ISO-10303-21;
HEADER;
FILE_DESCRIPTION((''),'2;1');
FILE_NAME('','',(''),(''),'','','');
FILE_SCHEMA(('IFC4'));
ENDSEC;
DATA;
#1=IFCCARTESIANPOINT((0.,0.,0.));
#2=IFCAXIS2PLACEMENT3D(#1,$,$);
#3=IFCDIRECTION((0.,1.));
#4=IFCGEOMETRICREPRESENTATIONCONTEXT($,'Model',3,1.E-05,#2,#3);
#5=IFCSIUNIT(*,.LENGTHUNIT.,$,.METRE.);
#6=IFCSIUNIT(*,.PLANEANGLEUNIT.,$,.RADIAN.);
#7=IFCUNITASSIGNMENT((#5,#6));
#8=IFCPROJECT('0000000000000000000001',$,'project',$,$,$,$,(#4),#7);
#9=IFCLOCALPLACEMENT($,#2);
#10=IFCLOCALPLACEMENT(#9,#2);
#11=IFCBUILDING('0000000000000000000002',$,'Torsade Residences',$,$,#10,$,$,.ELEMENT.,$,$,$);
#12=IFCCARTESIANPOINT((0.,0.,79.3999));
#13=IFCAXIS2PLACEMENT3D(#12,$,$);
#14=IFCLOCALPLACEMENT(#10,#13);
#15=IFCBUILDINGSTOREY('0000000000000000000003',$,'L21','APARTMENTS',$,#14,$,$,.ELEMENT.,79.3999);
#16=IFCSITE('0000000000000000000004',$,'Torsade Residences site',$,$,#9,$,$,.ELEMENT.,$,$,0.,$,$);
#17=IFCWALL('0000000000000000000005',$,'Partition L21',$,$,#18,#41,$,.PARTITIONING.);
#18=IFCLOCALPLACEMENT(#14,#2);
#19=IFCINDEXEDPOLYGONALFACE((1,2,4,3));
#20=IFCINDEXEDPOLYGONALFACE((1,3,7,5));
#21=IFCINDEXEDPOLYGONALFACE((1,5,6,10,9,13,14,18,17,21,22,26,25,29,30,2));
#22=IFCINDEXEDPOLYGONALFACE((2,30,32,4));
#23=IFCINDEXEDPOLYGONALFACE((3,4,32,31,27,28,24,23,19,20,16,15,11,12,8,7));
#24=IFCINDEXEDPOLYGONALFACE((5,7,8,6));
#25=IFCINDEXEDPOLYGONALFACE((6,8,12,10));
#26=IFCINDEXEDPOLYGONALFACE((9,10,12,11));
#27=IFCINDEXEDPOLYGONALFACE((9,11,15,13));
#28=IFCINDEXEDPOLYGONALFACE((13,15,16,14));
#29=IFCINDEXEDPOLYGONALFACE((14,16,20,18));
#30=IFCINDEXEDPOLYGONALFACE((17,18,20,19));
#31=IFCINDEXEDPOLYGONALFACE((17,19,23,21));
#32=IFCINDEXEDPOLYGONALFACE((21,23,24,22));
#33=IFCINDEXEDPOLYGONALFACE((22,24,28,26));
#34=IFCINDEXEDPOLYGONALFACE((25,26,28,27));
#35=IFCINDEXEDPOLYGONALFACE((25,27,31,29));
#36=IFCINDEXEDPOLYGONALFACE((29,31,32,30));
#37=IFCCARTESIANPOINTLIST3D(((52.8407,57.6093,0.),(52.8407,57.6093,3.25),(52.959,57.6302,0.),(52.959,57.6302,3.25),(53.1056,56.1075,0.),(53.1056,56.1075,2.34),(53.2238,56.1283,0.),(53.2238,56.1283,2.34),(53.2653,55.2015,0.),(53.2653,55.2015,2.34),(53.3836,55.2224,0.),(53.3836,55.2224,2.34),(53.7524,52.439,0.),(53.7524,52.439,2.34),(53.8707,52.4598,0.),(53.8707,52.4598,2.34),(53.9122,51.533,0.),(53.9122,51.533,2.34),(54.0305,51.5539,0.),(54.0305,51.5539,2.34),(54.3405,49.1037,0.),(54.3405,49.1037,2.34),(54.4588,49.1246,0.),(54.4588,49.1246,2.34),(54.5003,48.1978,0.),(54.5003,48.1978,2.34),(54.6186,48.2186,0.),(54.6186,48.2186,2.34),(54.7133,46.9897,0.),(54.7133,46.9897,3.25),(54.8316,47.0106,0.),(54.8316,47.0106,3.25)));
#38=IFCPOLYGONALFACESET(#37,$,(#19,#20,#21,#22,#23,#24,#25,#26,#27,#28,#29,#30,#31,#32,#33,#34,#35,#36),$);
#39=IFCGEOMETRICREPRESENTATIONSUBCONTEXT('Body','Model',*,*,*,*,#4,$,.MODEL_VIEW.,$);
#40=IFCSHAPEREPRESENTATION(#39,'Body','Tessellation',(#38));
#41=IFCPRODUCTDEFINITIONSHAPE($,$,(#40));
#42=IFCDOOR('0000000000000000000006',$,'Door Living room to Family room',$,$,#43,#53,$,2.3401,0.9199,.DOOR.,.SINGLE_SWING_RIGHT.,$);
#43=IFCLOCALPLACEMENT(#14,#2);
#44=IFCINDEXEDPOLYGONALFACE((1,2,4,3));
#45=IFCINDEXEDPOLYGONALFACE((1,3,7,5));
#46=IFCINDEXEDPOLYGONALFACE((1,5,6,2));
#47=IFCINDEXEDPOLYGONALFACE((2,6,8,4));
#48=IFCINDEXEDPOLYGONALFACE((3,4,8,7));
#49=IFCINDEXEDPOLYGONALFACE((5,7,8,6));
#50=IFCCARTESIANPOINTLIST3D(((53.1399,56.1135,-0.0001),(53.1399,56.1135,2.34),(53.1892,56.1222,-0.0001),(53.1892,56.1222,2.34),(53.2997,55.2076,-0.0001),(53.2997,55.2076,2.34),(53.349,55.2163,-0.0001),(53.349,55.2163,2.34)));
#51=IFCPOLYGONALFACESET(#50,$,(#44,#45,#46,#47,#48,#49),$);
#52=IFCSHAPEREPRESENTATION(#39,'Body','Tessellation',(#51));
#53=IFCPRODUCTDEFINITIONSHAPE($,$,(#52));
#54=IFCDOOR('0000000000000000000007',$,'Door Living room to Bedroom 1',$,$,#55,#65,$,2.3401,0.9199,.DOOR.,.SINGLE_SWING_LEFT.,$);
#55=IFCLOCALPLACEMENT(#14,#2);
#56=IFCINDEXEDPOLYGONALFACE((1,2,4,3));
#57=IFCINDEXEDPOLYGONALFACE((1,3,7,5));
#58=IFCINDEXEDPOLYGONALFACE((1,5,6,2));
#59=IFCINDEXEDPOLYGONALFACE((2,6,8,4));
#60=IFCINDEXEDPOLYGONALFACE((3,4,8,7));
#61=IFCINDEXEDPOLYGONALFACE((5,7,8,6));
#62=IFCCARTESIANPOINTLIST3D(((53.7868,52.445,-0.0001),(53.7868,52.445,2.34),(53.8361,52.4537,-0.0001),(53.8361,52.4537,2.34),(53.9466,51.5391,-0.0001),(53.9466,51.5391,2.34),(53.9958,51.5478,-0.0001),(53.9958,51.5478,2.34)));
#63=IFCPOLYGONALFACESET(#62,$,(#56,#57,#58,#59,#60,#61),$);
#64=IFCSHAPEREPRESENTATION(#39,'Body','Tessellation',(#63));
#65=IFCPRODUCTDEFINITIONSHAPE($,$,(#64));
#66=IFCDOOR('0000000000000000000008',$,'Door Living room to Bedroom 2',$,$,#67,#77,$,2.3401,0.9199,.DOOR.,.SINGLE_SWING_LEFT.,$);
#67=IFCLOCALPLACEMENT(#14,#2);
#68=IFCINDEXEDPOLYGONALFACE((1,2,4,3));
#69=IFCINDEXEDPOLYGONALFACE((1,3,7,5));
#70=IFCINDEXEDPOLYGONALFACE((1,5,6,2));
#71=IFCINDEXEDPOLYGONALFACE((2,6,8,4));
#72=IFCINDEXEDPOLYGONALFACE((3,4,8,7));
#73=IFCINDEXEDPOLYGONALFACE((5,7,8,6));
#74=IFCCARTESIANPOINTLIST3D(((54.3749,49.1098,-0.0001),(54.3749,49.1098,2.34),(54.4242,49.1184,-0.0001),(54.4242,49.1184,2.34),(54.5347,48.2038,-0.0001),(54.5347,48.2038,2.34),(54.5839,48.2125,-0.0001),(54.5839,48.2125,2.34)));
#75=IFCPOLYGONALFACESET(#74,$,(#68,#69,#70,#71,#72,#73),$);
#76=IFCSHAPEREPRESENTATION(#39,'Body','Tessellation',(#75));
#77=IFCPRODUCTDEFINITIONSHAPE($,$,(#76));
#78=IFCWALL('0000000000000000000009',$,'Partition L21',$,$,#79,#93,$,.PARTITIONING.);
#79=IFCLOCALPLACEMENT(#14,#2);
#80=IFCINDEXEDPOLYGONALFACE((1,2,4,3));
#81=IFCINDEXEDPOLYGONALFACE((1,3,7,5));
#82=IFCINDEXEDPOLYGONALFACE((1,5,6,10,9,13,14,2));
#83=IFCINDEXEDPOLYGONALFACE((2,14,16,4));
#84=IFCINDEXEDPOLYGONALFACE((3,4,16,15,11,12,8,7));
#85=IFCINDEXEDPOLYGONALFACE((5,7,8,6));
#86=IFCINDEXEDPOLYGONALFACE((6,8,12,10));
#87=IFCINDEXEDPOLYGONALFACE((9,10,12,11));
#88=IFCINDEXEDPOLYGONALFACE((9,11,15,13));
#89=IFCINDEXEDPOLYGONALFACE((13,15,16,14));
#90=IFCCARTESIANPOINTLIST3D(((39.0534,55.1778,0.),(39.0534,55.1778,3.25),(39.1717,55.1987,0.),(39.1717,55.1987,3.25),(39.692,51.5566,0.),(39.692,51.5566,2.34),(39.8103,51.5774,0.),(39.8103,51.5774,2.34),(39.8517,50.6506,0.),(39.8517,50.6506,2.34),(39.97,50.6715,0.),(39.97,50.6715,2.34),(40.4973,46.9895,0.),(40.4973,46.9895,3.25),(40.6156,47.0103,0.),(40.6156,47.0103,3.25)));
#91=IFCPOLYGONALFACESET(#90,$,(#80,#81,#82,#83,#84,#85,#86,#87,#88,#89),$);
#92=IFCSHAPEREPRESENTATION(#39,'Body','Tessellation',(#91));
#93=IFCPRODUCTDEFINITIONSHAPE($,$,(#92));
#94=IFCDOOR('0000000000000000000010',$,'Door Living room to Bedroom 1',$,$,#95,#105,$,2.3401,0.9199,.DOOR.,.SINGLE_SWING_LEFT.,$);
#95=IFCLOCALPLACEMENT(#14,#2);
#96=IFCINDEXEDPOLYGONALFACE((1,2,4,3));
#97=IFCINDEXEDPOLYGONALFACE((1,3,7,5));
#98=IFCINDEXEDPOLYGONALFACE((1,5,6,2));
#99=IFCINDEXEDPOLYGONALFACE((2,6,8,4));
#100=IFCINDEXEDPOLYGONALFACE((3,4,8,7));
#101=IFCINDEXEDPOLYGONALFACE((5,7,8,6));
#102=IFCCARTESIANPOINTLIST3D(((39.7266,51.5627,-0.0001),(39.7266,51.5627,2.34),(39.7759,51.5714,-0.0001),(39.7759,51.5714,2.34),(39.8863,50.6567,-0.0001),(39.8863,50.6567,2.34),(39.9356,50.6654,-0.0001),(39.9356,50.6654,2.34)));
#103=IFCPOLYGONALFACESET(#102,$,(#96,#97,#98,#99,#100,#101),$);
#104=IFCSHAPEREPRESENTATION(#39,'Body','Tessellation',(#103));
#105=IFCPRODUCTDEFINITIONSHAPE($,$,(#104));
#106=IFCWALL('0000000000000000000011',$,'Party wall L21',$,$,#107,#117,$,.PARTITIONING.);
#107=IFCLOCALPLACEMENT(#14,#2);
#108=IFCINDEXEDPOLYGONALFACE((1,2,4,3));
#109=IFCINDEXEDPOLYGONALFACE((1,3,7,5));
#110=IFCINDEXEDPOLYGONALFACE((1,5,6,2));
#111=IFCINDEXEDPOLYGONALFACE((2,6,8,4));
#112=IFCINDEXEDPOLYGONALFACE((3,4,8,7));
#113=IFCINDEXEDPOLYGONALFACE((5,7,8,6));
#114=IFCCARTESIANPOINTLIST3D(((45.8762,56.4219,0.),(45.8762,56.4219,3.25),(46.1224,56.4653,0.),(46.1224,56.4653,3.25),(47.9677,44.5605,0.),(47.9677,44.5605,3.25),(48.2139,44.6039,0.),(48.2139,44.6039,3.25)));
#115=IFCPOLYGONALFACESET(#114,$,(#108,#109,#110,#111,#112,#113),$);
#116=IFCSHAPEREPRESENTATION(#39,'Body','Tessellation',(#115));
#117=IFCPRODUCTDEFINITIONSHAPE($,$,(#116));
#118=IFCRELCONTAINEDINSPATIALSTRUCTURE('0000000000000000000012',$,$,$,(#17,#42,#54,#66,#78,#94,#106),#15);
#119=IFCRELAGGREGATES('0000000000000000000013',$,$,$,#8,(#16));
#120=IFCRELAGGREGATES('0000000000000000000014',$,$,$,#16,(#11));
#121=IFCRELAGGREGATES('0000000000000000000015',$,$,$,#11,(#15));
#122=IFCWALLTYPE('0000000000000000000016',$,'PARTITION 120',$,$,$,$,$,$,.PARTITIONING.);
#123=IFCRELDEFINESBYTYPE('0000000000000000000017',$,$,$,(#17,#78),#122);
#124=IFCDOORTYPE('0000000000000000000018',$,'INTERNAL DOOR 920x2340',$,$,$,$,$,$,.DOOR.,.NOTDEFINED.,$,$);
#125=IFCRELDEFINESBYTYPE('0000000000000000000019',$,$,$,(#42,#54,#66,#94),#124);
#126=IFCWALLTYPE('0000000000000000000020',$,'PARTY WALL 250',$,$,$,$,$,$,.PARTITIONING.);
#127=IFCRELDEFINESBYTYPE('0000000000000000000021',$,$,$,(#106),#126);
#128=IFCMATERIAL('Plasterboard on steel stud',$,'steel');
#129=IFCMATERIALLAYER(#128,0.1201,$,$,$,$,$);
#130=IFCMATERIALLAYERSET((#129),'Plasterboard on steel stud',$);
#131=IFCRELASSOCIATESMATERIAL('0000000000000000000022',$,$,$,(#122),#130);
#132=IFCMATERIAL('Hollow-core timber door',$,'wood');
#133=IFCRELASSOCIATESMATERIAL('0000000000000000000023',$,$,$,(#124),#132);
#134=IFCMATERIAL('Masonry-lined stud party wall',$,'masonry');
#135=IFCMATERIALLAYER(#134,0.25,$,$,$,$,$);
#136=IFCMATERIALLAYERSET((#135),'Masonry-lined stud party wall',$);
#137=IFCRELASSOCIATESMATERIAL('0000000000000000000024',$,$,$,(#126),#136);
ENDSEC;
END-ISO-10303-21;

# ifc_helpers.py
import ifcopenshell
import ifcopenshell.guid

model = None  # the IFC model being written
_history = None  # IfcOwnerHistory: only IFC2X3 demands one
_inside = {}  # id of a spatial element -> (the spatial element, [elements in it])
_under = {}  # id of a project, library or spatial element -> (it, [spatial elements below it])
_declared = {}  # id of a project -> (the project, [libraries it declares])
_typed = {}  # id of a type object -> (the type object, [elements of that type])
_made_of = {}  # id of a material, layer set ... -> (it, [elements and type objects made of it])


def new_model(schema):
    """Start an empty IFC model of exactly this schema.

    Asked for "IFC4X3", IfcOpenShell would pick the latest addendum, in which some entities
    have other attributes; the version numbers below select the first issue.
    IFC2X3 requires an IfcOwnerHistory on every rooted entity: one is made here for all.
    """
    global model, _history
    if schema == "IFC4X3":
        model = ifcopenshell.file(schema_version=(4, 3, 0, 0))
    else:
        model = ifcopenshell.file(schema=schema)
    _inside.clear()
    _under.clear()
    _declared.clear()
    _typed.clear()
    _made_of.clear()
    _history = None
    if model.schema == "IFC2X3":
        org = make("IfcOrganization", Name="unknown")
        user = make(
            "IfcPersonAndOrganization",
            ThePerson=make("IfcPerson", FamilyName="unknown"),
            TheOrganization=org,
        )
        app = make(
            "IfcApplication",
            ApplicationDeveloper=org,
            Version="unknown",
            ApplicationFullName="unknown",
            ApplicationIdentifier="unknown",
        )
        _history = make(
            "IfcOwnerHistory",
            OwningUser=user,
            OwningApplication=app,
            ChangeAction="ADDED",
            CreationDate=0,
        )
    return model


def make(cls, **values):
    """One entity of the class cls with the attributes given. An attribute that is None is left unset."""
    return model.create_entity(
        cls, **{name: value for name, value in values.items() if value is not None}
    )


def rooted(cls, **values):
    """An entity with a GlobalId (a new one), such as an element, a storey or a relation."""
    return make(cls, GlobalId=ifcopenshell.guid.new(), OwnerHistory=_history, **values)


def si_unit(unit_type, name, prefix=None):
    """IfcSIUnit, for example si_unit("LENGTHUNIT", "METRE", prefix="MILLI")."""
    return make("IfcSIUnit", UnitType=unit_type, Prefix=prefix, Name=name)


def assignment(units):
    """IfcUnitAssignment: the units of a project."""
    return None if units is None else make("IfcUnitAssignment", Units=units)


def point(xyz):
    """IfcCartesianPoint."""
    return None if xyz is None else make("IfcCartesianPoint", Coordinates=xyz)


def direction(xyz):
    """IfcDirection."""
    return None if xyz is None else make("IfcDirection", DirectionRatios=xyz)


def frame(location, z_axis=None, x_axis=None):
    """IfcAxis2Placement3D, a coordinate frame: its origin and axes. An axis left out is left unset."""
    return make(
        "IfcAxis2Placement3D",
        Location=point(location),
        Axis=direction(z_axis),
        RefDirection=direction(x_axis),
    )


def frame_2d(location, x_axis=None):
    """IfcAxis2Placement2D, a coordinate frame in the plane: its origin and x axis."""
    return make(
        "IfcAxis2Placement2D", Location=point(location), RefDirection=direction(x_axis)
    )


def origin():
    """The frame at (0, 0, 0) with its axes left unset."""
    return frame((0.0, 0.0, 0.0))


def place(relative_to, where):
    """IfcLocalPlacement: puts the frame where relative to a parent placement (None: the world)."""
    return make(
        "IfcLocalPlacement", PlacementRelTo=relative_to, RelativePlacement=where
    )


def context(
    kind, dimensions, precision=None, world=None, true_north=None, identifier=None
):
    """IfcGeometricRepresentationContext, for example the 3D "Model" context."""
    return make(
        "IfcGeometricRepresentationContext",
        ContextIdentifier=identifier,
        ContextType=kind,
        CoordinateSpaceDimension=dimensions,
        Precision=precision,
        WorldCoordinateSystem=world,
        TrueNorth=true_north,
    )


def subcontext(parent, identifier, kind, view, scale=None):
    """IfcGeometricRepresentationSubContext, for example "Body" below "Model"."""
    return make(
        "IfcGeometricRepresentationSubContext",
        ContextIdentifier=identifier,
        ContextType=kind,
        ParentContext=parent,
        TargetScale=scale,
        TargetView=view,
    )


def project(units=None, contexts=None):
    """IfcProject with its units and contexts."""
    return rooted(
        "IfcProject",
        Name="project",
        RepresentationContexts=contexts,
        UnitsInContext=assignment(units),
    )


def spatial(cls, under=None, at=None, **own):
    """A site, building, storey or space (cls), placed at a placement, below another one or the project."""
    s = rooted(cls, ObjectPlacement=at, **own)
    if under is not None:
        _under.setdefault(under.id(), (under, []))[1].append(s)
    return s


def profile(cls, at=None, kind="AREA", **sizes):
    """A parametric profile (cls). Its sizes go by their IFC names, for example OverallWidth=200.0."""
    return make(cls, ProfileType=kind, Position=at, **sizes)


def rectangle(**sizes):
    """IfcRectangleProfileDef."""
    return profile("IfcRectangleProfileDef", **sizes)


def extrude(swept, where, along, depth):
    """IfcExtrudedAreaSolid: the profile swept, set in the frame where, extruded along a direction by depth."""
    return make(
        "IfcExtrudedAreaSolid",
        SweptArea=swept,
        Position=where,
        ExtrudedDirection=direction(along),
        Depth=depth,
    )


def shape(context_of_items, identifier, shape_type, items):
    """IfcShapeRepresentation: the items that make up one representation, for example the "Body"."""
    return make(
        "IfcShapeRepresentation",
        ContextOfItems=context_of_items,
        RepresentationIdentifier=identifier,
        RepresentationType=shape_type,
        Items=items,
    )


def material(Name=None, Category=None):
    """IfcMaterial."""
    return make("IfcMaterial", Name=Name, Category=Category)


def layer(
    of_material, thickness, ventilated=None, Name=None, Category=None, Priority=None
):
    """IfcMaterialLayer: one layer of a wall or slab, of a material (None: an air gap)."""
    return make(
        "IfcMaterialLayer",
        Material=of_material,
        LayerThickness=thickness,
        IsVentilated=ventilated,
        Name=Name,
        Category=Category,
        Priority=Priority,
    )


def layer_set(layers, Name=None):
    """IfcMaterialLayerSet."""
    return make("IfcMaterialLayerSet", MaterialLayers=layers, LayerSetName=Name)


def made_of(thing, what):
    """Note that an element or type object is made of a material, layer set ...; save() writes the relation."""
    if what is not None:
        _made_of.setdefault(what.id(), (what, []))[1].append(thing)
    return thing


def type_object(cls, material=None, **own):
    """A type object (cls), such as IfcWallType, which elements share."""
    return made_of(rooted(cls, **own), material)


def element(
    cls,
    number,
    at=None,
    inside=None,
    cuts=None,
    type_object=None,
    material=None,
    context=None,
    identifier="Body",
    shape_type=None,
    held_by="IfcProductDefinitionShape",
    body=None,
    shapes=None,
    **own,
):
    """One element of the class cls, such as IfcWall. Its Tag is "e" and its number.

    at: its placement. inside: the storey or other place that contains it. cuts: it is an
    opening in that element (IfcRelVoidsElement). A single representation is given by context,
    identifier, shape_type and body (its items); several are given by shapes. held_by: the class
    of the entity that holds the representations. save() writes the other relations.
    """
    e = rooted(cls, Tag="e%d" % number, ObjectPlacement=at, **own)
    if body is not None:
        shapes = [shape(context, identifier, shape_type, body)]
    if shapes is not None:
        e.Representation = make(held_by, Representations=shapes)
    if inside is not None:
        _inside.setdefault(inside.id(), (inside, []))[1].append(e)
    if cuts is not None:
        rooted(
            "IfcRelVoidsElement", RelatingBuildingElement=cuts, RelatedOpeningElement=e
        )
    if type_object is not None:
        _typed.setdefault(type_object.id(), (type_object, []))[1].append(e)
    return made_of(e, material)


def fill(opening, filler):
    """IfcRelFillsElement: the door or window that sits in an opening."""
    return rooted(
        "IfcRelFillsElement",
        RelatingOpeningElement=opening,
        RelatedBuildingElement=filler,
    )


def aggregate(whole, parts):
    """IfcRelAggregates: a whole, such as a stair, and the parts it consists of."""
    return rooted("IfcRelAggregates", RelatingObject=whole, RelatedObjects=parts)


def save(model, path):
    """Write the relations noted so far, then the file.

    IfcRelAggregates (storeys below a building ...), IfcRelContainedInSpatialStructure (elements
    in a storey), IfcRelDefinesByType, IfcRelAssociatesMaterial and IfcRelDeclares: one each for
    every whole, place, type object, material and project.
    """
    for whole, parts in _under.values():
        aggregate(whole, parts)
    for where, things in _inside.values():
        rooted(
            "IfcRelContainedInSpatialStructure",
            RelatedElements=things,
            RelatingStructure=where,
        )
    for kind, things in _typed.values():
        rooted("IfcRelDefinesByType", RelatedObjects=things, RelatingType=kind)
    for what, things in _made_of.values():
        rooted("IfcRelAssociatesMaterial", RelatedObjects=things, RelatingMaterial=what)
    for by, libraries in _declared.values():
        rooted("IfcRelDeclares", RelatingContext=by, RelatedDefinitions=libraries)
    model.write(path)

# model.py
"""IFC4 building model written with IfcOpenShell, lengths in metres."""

from ifc_helpers import new_model, si_unit, direction, frame, frame_2d, origin, place, context, subcontext, project, spatial, rectangle, extrude, material, layer, layer_set, type_object, element, fill, save


model = new_model("IFC4")

# Units and contexts
model_context = context("Model", 3, precision=1e-05, world=origin(), true_north=direction((0.0, 1.0)))
body_context = subcontext(model_context, "Body", "Model", "MODEL_VIEW")
ifc_project = project(units=[si_unit("LENGTHUNIT", "METRE"), si_unit("PLANEANGLEUNIT", "RADIAN")], contexts=[model_context])

# Site, building, storey
site_placement = place(None, origin())
site = spatial("IfcSite", under=ifc_project, at=site_placement, Name="Torsade Residences site", CompositionType="ELEMENT", RefElevation=0.0)
building_placement = place(site_placement, origin())
building = spatial("IfcBuilding", under=site, at=building_placement, Name="Torsade Residences", CompositionType="ELEMENT")
storey_placement = place(building_placement, frame((0.0, 0.0, 79.3999)))
storey = spatial("IfcBuildingStorey", under=building, at=storey_placement, Name="L21", Description="APARTMENTS", CompositionType="ELEMENT", Elevation=79.3999)

# Shared definitions
ifc_material_1 = material(Name="Plasterboard on steel stud", Category="steel")
ifc_layer_1 = layer(ifc_material_1, 0.1201)
ifc_layer_set_1 = layer_set([ifc_layer_1], Name="Plasterboard on steel stud")
wall_type_1 = type_object("IfcWallType", Name="PARTITION 120", PredefinedType="PARTITIONING", material=ifc_layer_set_1)
ifc_material_2 = material(Name="Hollow-core timber door", Category="wood")
door_type_1 = type_object("IfcDoorType", Name="INTERNAL DOOR 920x2340", OperationType="NOTDEFINED", PredefinedType="DOOR", material=ifc_material_2)

# Wall, openings, doors
wall_1_placement = place(storey_placement, frame((52.8999, 57.6196, 0.0), z_axis=(0.0, 0.0, 1.0), x_axis=(0.173651, -0.984807, 0.0)))
wall_1 = element("IfcWall", 1, at=wall_1_placement, inside=storey, type_object=wall_type_1, Name="Partition L21", PredefinedType="PARTITIONING", context=body_context, shape_type="SweptSolid", body=[
    extrude(rectangle(XDim=10.7834, YDim=0.1201, at=frame_2d((5.3916, 0.0))), origin(), (0.0, 0.0, 1.0), 3.25),
])
opening_1_placement = place(wall_1_placement, frame((1.5249, 0.0, 0.0)))
opening_1 = element("IfcOpeningElement", 2, at=opening_1_placement, cuts=wall_1, PredefinedType="OPENING", context=body_context, shape_type="SweptSolid", body=[
    extrude(rectangle(XDim=0.9199, YDim=2.3401, at=frame_2d((0.46, 1.1699))), frame((0.0, 0.0701, 0.0), z_axis=(0.0, -1.0, 0.0), x_axis=(1.0, 0.0, 0.0)), (0.0, 0.0, 1.0), 0.1401),
])
opening_2_placement = place(wall_1_placement, frame((5.25, 0.0, 0.0)))
opening_2 = element("IfcOpeningElement", 3, at=opening_2_placement, cuts=wall_1, PredefinedType="OPENING", context=body_context, shape_type="SweptSolid", body=[
    extrude(rectangle(XDim=0.9199, YDim=2.3401, at=frame_2d((0.46, 1.1699))), frame((0.0, 0.0701, 0.0), z_axis=(0.0, -1.0, 0.0), x_axis=(1.0, 0.0, 0.0)), (0.0, 0.0, 1.0), 0.1401),
])
opening_3_placement = place(wall_1_placement, frame((8.6367, 0.0, 0.0)))
opening_3 = element("IfcOpeningElement", 4, at=opening_3_placement, cuts=wall_1, PredefinedType="OPENING", context=body_context, shape_type="SweptSolid", body=[
    extrude(rectangle(XDim=0.9199, YDim=2.3401, at=frame_2d((0.46, 1.1699))), frame((0.0, 0.0701, 0.0), z_axis=(0.0, -1.0, 0.0), x_axis=(1.0, 0.0, 0.0)), (0.0, 0.0, 1.0), 0.1401),
])
door_1_placement = place(opening_1_placement, origin())
door_1 = element("IfcDoor", 5, at=door_1_placement, inside=storey, type_object=door_type_1, Name="Door Living room to Family room", OperationType="SINGLE_SWING_RIGHT", OverallHeight=2.3401, OverallWidth=0.9199, PredefinedType="DOOR", context=body_context, shape_type="SweptSolid", body=[
    extrude(rectangle(XDim=0.9199, YDim=2.3401, at=frame_2d((0.46, 1.1699))), frame((0.0, 0.0249, 0.0), z_axis=(0.0, -1.0, 0.0), x_axis=(1.0, 0.0, 0.0)), (0.0, 0.0, 1.0), 0.05),
])
fill(opening_1, door_1)
door_2_placement = place(opening_2_placement, origin())
door_2 = element("IfcDoor", 6, at=door_2_placement, inside=storey, type_object=door_type_1, Name="Door Living room to Bedroom 1", OperationType="SINGLE_SWING_LEFT", OverallHeight=2.3401, OverallWidth=0.9199, PredefinedType="DOOR", context=body_context, shape_type="SweptSolid", body=[
    extrude(rectangle(XDim=0.9199, YDim=2.3401, at=frame_2d((0.46, 1.1699))), frame((0.0, 0.0249, 0.0), z_axis=(0.0, -1.0, 0.0), x_axis=(1.0, 0.0, 0.0)), (0.0, 0.0, 1.0), 0.05),
])
fill(opening_2, door_2)
door_3_placement = place(opening_3_placement, origin())
door_3 = element("IfcDoor", 7, at=door_3_placement, inside=storey, type_object=door_type_1, Name="Door Living room to Bedroom 2", OperationType="SINGLE_SWING_LEFT", OverallHeight=2.3401, OverallWidth=0.9199, PredefinedType="DOOR", context=body_context, shape_type="SweptSolid", body=[
    extrude(rectangle(XDim=0.9199, YDim=2.3401, at=frame_2d((0.46, 1.1699))), frame((0.0, 0.0249, 0.0), z_axis=(0.0, -1.0, 0.0), x_axis=(1.0, 0.0, 0.0)), (0.0, 0.0, 1.0), 0.05),
])
fill(opening_3, door_3)

# Wall, opening, door
wall_2_placement = place(storey_placement, frame((40.5564, 47.0, 0.0), z_axis=(0.0, 0.0, 1.0), x_axis=(-0.173648, 0.984808, 0.0)))
wall_2 = element("IfcWall", 8, at=wall_2_placement, inside=storey, type_object=wall_type_1, Name="Partition L21", PredefinedType="PARTITIONING", context=body_context, shape_type="SweptSolid", body=[
    extrude(rectangle(XDim=8.3147, YDim=0.1201, at=frame_2d((4.1572, 0.0))), origin(), (0.0, 0.0, 1.0), 3.25),
])
opening_4_placement = place(wall_2_placement, frame((3.7175, 0.0, 0.0)))
opening_4 = element("IfcOpeningElement", 9, at=opening_4_placement, cuts=wall_2, PredefinedType="OPENING", context=body_context, shape_type="SweptSolid", body=[
    extrude(rectangle(XDim=0.9199, YDim=2.3401, at=frame_2d((0.46, 1.1699))), frame((0.0, 0.0701, 0.0), z_axis=(0.0, -1.0, 0.0), x_axis=(1.0, 0.0, 0.0)), (0.0, 0.0, 1.0), 0.1401),
])
door_4_placement = place(opening_4_placement, origin())
door_4 = element("IfcDoor", 10, at=door_4_placement, inside=storey, type_object=door_type_1, Name="Door Living room to Bedroom 1", OperationType="SINGLE_SWING_LEFT", OverallHeight=2.3401, OverallWidth=0.9199, PredefinedType="DOOR", context=body_context, shape_type="SweptSolid", body=[
    extrude(rectangle(XDim=0.9199, YDim=2.3401, at=frame_2d((0.46, 1.1699))), frame((0.0, 0.0249, 0.0), z_axis=(0.0, -1.0, 0.0), x_axis=(1.0, 0.0, 0.0)), (0.0, 0.0, 1.0), 0.05),
])
fill(opening_4, door_4)

# Wall
ifc_material_3 = material(Name="Masonry-lined stud party wall", Category="masonry")
ifc_layer_2 = layer(ifc_material_3, 0.25)
ifc_layer_set_2 = layer_set([ifc_layer_2], Name="Masonry-lined stud party wall")
wall_type_2 = type_object("IfcWallType", Name="PARTY WALL 250", PredefinedType="PARTITIONING", material=ifc_layer_set_2)
wall_3_placement = place(storey_placement, frame((45.9993, 56.4436, 0.0), z_axis=(0.0, 0.0, 1.0), x_axis=(0.173655, -0.984807, 0.0)))
element("IfcWall", 11, at=wall_3_placement, inside=storey, type_object=wall_type_2, Name="Party wall L21", PredefinedType="PARTITIONING", context=body_context, shape_type="SweptSolid", body=[
    extrude(rectangle(XDim=12.0444, YDim=0.25, at=frame_2d((6.0222, 0.0))), origin(), (0.0, 0.0, 1.0), 3.25),
])

save(model, "model.ifc")
